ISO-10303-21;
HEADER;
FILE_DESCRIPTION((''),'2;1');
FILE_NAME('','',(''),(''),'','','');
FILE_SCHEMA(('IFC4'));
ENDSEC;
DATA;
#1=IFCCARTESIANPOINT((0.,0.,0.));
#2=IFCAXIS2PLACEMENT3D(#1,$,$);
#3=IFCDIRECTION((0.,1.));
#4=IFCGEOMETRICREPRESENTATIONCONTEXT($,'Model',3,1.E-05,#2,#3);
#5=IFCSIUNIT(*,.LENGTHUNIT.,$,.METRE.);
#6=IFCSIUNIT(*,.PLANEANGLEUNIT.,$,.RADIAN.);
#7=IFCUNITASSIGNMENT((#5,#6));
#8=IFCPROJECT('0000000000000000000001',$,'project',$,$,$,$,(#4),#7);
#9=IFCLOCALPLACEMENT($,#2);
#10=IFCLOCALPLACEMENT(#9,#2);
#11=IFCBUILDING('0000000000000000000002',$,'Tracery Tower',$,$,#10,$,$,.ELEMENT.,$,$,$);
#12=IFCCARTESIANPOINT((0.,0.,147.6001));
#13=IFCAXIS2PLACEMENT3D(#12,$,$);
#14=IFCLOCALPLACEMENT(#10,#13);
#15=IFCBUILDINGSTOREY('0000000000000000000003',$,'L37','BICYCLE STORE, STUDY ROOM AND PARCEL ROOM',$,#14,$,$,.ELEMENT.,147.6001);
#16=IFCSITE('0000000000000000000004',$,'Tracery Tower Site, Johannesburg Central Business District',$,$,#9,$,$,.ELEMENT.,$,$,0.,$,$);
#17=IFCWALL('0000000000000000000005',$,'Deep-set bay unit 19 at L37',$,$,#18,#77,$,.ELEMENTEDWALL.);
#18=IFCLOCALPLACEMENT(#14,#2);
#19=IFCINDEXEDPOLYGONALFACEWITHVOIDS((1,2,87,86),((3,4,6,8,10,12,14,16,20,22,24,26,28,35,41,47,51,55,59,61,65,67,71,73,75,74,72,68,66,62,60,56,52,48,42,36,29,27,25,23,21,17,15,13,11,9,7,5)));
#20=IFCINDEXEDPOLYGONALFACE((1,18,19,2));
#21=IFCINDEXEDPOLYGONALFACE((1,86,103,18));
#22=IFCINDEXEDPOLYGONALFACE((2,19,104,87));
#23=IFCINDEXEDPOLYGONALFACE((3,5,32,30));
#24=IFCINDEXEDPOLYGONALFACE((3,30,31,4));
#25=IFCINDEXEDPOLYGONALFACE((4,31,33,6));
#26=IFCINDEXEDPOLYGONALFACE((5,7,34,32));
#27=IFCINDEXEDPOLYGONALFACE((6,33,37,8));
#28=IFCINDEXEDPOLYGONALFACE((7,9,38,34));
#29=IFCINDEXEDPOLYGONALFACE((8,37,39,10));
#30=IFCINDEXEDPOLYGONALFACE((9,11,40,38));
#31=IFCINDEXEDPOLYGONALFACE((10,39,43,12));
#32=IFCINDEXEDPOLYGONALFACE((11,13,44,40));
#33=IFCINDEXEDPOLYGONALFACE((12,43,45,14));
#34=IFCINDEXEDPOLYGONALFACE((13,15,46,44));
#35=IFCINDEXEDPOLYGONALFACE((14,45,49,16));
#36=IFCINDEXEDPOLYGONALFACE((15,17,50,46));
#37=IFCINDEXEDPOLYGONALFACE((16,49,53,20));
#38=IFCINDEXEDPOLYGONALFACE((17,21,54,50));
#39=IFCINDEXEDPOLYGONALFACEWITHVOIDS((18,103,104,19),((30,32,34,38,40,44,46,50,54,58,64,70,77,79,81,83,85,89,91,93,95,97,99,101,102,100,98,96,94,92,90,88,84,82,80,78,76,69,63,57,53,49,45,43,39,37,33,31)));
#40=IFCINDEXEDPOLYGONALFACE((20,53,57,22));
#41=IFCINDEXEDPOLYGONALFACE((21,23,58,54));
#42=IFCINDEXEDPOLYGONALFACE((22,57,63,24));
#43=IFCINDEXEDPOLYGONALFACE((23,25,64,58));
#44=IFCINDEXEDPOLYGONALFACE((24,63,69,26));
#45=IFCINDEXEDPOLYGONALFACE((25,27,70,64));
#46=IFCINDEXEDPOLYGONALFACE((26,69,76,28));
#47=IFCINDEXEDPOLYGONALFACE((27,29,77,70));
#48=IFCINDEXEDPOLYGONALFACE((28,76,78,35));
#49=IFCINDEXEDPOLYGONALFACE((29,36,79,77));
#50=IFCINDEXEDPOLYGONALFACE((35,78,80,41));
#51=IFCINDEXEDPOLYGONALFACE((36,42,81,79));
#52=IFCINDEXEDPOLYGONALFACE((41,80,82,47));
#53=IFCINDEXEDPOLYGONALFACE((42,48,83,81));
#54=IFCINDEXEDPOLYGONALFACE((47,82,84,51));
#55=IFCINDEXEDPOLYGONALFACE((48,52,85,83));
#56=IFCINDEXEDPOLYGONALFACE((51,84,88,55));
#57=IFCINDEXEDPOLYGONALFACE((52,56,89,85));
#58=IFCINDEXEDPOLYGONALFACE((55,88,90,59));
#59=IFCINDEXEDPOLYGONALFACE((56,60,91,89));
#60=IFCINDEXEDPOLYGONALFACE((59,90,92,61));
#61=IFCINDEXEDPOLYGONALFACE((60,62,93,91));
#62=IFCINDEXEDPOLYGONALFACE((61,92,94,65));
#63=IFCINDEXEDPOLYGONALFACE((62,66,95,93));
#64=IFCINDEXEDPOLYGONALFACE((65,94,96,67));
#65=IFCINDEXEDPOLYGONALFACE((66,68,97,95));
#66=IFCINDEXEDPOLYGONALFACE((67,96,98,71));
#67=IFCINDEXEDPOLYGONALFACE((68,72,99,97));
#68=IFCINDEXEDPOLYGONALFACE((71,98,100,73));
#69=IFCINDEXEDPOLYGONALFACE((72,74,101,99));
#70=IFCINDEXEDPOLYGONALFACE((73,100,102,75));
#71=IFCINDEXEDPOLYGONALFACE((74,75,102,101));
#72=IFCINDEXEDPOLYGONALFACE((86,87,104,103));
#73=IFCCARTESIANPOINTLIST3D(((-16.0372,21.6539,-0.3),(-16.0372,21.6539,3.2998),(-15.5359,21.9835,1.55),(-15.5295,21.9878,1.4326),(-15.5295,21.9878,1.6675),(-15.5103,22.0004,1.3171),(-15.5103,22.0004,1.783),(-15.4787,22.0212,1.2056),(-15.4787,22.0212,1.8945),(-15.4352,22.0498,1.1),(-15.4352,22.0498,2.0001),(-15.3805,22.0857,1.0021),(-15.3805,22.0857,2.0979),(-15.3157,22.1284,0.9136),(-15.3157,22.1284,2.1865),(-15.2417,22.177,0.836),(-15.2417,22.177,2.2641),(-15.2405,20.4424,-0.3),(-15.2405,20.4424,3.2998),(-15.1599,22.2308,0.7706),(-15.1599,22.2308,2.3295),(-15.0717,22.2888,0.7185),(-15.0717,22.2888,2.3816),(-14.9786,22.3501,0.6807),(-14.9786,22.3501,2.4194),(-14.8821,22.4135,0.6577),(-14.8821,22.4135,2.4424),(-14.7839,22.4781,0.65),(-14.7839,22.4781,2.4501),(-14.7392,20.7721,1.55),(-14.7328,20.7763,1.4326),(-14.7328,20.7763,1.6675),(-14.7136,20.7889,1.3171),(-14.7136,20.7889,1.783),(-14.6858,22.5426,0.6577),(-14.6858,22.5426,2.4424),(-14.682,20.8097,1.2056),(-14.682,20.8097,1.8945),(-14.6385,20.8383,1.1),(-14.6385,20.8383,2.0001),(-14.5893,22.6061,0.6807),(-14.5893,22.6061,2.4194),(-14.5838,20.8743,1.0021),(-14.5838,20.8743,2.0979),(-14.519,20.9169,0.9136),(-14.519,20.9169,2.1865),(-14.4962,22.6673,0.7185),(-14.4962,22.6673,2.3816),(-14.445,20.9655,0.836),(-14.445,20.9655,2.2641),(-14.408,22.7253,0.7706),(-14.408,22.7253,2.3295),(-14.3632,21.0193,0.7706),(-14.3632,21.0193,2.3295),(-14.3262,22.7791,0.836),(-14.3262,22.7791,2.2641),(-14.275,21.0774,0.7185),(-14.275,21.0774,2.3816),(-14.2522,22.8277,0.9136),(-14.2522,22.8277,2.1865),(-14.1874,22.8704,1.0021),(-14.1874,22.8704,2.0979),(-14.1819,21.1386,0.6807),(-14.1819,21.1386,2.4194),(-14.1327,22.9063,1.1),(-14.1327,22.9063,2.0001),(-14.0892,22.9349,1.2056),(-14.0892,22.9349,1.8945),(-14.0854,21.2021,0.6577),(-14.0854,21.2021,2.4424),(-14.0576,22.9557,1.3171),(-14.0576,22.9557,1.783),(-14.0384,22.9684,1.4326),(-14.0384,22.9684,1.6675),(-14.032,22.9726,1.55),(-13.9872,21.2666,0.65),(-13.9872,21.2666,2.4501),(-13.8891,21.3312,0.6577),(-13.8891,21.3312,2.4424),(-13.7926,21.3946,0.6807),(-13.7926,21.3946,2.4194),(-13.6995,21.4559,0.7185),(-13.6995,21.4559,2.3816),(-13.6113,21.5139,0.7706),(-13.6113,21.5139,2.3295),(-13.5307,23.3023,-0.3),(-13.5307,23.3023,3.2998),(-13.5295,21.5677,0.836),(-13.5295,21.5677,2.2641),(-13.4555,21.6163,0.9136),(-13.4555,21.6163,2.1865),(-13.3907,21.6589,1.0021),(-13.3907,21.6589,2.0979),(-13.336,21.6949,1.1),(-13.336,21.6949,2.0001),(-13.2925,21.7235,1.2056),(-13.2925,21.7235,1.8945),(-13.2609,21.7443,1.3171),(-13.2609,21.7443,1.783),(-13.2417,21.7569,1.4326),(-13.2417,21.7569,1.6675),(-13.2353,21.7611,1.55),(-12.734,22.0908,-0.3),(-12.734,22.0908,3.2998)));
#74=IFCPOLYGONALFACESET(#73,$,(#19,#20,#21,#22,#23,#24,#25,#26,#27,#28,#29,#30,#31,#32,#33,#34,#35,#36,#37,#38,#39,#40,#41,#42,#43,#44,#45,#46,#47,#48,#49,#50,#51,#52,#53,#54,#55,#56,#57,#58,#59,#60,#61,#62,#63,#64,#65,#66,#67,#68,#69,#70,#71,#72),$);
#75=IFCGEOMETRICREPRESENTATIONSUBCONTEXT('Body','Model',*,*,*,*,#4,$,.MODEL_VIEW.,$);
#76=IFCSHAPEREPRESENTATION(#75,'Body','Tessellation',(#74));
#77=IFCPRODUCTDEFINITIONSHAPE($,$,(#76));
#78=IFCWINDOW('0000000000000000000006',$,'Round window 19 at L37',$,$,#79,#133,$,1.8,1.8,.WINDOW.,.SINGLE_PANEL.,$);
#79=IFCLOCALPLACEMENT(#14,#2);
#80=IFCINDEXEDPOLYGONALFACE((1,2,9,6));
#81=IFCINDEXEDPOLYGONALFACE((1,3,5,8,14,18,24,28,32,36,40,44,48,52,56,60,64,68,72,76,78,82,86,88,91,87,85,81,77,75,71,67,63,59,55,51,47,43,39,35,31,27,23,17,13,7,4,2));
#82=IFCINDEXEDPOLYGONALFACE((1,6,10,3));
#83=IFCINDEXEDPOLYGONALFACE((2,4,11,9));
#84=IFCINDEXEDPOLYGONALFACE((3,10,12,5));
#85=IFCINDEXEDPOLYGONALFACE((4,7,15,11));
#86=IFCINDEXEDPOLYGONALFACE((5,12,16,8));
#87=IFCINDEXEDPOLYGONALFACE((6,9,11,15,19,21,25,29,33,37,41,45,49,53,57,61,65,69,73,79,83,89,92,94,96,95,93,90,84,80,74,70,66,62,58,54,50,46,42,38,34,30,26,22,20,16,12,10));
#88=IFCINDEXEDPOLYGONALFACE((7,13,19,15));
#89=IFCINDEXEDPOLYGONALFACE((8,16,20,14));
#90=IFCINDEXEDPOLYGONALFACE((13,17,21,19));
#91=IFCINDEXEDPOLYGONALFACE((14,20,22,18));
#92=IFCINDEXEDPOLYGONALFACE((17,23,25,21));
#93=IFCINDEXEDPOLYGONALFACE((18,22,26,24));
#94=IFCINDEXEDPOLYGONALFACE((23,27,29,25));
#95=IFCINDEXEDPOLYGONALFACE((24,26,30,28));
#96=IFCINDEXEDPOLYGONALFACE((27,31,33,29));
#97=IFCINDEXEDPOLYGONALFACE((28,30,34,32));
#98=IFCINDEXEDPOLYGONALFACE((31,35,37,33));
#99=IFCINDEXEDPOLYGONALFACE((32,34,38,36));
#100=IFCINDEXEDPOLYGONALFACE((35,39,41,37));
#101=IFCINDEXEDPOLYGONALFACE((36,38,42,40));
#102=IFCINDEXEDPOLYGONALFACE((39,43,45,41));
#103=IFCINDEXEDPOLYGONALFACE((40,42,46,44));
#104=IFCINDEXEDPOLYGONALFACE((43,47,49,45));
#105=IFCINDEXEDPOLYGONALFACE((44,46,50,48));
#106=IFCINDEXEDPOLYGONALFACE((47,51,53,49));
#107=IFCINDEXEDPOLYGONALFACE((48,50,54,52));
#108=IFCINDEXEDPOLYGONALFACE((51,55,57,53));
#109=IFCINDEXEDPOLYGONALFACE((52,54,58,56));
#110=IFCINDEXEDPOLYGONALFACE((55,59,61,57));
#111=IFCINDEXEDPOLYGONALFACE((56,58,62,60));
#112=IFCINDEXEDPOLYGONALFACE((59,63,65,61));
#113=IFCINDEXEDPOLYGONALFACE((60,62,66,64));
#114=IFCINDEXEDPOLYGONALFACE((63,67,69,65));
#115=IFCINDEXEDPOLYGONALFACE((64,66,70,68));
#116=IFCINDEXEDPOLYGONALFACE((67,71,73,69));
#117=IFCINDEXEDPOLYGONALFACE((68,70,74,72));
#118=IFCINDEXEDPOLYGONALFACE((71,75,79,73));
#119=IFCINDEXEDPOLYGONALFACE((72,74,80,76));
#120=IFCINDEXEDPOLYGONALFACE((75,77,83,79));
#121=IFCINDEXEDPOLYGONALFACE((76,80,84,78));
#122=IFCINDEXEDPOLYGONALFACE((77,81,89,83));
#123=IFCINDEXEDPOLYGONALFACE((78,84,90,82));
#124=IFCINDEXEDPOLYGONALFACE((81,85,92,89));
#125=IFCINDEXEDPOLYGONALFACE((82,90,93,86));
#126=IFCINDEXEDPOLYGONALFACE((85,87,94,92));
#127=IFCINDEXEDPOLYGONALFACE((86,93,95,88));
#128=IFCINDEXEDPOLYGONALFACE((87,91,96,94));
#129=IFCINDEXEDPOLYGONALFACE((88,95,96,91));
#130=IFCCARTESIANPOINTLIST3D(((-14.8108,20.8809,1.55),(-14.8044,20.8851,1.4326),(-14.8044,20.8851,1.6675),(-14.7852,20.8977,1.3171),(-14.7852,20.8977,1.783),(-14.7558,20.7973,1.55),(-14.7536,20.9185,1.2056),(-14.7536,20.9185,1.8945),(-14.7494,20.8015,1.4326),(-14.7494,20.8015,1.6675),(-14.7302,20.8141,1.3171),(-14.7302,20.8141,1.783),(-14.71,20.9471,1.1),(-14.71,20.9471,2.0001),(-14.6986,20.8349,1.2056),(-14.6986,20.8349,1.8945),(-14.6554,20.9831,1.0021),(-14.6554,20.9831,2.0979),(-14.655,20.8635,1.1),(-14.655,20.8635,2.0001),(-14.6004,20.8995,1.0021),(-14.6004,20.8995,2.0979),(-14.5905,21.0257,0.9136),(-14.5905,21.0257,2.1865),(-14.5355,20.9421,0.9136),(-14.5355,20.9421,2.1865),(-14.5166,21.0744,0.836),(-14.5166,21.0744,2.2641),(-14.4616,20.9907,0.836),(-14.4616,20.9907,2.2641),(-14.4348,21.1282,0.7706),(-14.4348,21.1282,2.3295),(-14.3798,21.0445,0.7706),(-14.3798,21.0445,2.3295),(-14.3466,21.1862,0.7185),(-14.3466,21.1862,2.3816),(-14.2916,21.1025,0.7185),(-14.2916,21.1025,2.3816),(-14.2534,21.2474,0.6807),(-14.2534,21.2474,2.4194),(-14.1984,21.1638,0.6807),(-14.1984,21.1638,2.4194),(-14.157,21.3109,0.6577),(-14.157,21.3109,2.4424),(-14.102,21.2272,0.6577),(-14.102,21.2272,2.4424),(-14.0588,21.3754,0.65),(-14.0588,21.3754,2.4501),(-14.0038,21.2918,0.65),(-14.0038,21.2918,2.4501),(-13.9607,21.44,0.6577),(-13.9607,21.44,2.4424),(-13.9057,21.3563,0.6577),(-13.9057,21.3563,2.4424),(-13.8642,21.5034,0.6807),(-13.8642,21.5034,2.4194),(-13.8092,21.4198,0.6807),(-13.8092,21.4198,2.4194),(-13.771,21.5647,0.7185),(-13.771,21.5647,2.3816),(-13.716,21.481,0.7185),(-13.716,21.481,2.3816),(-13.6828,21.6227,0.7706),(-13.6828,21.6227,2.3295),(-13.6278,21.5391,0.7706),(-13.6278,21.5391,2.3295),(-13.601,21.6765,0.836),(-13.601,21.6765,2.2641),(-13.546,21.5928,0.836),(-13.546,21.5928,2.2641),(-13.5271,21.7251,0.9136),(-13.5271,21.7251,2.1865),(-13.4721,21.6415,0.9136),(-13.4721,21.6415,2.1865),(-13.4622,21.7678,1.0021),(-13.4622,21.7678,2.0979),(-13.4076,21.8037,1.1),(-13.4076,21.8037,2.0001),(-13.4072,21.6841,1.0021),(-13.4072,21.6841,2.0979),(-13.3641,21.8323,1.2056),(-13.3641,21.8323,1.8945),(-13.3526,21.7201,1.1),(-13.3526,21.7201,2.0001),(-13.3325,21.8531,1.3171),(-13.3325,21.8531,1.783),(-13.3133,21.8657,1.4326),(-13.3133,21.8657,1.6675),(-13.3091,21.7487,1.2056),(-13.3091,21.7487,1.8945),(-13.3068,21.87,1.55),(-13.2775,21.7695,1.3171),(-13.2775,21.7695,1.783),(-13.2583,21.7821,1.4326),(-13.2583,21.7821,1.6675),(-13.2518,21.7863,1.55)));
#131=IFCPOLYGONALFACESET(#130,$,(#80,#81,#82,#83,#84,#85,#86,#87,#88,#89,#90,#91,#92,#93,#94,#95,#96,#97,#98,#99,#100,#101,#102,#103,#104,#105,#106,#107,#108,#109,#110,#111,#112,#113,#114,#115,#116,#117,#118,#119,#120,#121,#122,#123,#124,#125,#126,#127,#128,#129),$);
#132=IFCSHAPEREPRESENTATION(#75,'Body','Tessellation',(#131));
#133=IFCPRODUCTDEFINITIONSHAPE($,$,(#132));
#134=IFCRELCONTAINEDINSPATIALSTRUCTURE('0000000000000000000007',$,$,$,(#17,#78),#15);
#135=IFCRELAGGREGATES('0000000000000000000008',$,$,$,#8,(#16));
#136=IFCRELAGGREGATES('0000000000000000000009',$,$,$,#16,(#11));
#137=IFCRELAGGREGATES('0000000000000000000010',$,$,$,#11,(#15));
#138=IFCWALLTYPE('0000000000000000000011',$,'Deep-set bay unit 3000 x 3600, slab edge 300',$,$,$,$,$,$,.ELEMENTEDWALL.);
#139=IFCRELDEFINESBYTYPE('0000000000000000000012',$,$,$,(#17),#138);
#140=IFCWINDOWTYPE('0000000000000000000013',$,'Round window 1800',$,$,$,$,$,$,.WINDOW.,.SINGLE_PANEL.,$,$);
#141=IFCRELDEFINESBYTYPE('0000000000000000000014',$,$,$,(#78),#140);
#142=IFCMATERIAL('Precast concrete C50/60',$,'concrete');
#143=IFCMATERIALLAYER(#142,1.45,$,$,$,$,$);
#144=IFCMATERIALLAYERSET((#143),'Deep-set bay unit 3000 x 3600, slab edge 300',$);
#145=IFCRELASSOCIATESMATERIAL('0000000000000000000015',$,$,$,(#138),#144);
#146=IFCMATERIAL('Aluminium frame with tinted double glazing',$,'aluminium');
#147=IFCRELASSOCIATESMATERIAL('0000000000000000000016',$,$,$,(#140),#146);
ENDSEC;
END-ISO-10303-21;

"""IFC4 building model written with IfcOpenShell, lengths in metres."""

from ifc_helpers import new_model, si_unit, direction, frame, frame_2d, origin, origin_2d, place, context, subcontext, project, spatial, rectangle, circle, extrude, material, layer, layer_set, type_object, element, fill, save


model = new_model("IFC4")

# Units and contexts
model_context = context("Model", 3, precision=1e-05, world=origin(), true_north=direction((0.0, 1.0)))
body_context = subcontext(model_context, "Body", "Model", "MODEL_VIEW")
ifc_project = project(units=[si_unit("LENGTHUNIT", "METRE"), si_unit("PLANEANGLEUNIT", "RADIAN")], contexts=[model_context])

# Site, building, storey
site_placement = place(None, origin())
site = spatial("IfcSite", under=ifc_project, at=site_placement, Name="Tracery Tower Site, Johannesburg Central Business District", CompositionType="ELEMENT", RefElevation=0.0)
building_placement = place(site_placement, origin())
building = spatial("IfcBuilding", under=site, at=building_placement, Name="Tracery Tower", CompositionType="ELEMENT")
storey_placement = place(building_placement, frame((0.0, 0.0, 147.6001)))
storey = spatial("IfcBuildingStorey", under=building, at=storey_placement, Name="L37", Description="BICYCLE STORE, STUDY ROOM AND PARCEL ROOM", CompositionType="ELEMENT", Elevation=147.6001)

# Wall, opening, window
ifc_material_1 = material(Name="Precast concrete C50/60", Category="concrete")
ifc_layer_1 = layer(ifc_material_1, 1.45)
ifc_layer_set_1 = layer_set([ifc_layer_1], Name="Deep-set bay unit 3000 x 3600, slab edge 300")
wall_type_1 = type_object("IfcWallType", Name="Deep-set bay unit 3000 x 3600, slab edge 300", PredefinedType="ELEMENTEDWALL", material=ifc_layer_set_1)
wall_1_placement = place(storey_placement, frame((-13.1323, 22.6965, -0.3), z_axis=(0.0, 0.0, 1.0), x_axis=(-0.835514, -0.549469, 0.0)))
wall_1 = element("IfcWall", 1, at=wall_1_placement, inside=storey, type_object=wall_type_1, Name="Deep-set bay unit 19 at L37", PredefinedType="ELEMENTEDWALL", context=body_context, shape_type="SweptSolid", body=[
    extrude(rectangle(XDim=3.0, YDim=1.45, at=frame_2d((1.5, 0.0))), origin(), (0.0, 0.0, 1.0), 3.5999),
])
opening_1_placement = place(wall_1_placement, frame((1.5, 0.0, 1.8501)))
opening_1 = element("IfcOpeningElement", 2, at=opening_1_placement, cuts=wall_1, PredefinedType="OPENING", context=body_context, shape_type="SweptSolid", body=[
    extrude(circle(Radius=0.9, at=origin_2d()), frame((0.0, 0.7349, 0.0), z_axis=(0.0, -1.0, 0.0), x_axis=(1.0, 0.0, 0.0)), (0.0, 0.0, 1.0), 1.47),
])
ifc_material_2 = material(Name="Aluminium frame with tinted double glazing", Category="aluminium")
window_type = type_object("IfcWindowType", Name="Round window 1800", PartitioningType="SINGLE_PANEL", PredefinedType="WINDOW", material=ifc_material_2)
window_1_placement = place(opening_1_placement, origin())
window_1 = element("IfcWindow", 3, at=window_1_placement, inside=storey, type_object=window_type, Name="Round window 19 at L37", OverallHeight=1.8, OverallWidth=1.8, PartitioningType="SINGLE_PANEL", PredefinedType="WINDOW", context=body_context, shape_type="SweptSolid", body=[
    extrude(circle(Radius=0.9, at=origin_2d()), frame((0.0, 0.6948, 0.0), z_axis=(0.0, -1.0, 0.0), x_axis=(1.0, 0.0, 0.0)), (0.0, 0.0, 1.0), 0.1001),
])
fill(opening_1, window_1)

save(model, "model.ifc")
